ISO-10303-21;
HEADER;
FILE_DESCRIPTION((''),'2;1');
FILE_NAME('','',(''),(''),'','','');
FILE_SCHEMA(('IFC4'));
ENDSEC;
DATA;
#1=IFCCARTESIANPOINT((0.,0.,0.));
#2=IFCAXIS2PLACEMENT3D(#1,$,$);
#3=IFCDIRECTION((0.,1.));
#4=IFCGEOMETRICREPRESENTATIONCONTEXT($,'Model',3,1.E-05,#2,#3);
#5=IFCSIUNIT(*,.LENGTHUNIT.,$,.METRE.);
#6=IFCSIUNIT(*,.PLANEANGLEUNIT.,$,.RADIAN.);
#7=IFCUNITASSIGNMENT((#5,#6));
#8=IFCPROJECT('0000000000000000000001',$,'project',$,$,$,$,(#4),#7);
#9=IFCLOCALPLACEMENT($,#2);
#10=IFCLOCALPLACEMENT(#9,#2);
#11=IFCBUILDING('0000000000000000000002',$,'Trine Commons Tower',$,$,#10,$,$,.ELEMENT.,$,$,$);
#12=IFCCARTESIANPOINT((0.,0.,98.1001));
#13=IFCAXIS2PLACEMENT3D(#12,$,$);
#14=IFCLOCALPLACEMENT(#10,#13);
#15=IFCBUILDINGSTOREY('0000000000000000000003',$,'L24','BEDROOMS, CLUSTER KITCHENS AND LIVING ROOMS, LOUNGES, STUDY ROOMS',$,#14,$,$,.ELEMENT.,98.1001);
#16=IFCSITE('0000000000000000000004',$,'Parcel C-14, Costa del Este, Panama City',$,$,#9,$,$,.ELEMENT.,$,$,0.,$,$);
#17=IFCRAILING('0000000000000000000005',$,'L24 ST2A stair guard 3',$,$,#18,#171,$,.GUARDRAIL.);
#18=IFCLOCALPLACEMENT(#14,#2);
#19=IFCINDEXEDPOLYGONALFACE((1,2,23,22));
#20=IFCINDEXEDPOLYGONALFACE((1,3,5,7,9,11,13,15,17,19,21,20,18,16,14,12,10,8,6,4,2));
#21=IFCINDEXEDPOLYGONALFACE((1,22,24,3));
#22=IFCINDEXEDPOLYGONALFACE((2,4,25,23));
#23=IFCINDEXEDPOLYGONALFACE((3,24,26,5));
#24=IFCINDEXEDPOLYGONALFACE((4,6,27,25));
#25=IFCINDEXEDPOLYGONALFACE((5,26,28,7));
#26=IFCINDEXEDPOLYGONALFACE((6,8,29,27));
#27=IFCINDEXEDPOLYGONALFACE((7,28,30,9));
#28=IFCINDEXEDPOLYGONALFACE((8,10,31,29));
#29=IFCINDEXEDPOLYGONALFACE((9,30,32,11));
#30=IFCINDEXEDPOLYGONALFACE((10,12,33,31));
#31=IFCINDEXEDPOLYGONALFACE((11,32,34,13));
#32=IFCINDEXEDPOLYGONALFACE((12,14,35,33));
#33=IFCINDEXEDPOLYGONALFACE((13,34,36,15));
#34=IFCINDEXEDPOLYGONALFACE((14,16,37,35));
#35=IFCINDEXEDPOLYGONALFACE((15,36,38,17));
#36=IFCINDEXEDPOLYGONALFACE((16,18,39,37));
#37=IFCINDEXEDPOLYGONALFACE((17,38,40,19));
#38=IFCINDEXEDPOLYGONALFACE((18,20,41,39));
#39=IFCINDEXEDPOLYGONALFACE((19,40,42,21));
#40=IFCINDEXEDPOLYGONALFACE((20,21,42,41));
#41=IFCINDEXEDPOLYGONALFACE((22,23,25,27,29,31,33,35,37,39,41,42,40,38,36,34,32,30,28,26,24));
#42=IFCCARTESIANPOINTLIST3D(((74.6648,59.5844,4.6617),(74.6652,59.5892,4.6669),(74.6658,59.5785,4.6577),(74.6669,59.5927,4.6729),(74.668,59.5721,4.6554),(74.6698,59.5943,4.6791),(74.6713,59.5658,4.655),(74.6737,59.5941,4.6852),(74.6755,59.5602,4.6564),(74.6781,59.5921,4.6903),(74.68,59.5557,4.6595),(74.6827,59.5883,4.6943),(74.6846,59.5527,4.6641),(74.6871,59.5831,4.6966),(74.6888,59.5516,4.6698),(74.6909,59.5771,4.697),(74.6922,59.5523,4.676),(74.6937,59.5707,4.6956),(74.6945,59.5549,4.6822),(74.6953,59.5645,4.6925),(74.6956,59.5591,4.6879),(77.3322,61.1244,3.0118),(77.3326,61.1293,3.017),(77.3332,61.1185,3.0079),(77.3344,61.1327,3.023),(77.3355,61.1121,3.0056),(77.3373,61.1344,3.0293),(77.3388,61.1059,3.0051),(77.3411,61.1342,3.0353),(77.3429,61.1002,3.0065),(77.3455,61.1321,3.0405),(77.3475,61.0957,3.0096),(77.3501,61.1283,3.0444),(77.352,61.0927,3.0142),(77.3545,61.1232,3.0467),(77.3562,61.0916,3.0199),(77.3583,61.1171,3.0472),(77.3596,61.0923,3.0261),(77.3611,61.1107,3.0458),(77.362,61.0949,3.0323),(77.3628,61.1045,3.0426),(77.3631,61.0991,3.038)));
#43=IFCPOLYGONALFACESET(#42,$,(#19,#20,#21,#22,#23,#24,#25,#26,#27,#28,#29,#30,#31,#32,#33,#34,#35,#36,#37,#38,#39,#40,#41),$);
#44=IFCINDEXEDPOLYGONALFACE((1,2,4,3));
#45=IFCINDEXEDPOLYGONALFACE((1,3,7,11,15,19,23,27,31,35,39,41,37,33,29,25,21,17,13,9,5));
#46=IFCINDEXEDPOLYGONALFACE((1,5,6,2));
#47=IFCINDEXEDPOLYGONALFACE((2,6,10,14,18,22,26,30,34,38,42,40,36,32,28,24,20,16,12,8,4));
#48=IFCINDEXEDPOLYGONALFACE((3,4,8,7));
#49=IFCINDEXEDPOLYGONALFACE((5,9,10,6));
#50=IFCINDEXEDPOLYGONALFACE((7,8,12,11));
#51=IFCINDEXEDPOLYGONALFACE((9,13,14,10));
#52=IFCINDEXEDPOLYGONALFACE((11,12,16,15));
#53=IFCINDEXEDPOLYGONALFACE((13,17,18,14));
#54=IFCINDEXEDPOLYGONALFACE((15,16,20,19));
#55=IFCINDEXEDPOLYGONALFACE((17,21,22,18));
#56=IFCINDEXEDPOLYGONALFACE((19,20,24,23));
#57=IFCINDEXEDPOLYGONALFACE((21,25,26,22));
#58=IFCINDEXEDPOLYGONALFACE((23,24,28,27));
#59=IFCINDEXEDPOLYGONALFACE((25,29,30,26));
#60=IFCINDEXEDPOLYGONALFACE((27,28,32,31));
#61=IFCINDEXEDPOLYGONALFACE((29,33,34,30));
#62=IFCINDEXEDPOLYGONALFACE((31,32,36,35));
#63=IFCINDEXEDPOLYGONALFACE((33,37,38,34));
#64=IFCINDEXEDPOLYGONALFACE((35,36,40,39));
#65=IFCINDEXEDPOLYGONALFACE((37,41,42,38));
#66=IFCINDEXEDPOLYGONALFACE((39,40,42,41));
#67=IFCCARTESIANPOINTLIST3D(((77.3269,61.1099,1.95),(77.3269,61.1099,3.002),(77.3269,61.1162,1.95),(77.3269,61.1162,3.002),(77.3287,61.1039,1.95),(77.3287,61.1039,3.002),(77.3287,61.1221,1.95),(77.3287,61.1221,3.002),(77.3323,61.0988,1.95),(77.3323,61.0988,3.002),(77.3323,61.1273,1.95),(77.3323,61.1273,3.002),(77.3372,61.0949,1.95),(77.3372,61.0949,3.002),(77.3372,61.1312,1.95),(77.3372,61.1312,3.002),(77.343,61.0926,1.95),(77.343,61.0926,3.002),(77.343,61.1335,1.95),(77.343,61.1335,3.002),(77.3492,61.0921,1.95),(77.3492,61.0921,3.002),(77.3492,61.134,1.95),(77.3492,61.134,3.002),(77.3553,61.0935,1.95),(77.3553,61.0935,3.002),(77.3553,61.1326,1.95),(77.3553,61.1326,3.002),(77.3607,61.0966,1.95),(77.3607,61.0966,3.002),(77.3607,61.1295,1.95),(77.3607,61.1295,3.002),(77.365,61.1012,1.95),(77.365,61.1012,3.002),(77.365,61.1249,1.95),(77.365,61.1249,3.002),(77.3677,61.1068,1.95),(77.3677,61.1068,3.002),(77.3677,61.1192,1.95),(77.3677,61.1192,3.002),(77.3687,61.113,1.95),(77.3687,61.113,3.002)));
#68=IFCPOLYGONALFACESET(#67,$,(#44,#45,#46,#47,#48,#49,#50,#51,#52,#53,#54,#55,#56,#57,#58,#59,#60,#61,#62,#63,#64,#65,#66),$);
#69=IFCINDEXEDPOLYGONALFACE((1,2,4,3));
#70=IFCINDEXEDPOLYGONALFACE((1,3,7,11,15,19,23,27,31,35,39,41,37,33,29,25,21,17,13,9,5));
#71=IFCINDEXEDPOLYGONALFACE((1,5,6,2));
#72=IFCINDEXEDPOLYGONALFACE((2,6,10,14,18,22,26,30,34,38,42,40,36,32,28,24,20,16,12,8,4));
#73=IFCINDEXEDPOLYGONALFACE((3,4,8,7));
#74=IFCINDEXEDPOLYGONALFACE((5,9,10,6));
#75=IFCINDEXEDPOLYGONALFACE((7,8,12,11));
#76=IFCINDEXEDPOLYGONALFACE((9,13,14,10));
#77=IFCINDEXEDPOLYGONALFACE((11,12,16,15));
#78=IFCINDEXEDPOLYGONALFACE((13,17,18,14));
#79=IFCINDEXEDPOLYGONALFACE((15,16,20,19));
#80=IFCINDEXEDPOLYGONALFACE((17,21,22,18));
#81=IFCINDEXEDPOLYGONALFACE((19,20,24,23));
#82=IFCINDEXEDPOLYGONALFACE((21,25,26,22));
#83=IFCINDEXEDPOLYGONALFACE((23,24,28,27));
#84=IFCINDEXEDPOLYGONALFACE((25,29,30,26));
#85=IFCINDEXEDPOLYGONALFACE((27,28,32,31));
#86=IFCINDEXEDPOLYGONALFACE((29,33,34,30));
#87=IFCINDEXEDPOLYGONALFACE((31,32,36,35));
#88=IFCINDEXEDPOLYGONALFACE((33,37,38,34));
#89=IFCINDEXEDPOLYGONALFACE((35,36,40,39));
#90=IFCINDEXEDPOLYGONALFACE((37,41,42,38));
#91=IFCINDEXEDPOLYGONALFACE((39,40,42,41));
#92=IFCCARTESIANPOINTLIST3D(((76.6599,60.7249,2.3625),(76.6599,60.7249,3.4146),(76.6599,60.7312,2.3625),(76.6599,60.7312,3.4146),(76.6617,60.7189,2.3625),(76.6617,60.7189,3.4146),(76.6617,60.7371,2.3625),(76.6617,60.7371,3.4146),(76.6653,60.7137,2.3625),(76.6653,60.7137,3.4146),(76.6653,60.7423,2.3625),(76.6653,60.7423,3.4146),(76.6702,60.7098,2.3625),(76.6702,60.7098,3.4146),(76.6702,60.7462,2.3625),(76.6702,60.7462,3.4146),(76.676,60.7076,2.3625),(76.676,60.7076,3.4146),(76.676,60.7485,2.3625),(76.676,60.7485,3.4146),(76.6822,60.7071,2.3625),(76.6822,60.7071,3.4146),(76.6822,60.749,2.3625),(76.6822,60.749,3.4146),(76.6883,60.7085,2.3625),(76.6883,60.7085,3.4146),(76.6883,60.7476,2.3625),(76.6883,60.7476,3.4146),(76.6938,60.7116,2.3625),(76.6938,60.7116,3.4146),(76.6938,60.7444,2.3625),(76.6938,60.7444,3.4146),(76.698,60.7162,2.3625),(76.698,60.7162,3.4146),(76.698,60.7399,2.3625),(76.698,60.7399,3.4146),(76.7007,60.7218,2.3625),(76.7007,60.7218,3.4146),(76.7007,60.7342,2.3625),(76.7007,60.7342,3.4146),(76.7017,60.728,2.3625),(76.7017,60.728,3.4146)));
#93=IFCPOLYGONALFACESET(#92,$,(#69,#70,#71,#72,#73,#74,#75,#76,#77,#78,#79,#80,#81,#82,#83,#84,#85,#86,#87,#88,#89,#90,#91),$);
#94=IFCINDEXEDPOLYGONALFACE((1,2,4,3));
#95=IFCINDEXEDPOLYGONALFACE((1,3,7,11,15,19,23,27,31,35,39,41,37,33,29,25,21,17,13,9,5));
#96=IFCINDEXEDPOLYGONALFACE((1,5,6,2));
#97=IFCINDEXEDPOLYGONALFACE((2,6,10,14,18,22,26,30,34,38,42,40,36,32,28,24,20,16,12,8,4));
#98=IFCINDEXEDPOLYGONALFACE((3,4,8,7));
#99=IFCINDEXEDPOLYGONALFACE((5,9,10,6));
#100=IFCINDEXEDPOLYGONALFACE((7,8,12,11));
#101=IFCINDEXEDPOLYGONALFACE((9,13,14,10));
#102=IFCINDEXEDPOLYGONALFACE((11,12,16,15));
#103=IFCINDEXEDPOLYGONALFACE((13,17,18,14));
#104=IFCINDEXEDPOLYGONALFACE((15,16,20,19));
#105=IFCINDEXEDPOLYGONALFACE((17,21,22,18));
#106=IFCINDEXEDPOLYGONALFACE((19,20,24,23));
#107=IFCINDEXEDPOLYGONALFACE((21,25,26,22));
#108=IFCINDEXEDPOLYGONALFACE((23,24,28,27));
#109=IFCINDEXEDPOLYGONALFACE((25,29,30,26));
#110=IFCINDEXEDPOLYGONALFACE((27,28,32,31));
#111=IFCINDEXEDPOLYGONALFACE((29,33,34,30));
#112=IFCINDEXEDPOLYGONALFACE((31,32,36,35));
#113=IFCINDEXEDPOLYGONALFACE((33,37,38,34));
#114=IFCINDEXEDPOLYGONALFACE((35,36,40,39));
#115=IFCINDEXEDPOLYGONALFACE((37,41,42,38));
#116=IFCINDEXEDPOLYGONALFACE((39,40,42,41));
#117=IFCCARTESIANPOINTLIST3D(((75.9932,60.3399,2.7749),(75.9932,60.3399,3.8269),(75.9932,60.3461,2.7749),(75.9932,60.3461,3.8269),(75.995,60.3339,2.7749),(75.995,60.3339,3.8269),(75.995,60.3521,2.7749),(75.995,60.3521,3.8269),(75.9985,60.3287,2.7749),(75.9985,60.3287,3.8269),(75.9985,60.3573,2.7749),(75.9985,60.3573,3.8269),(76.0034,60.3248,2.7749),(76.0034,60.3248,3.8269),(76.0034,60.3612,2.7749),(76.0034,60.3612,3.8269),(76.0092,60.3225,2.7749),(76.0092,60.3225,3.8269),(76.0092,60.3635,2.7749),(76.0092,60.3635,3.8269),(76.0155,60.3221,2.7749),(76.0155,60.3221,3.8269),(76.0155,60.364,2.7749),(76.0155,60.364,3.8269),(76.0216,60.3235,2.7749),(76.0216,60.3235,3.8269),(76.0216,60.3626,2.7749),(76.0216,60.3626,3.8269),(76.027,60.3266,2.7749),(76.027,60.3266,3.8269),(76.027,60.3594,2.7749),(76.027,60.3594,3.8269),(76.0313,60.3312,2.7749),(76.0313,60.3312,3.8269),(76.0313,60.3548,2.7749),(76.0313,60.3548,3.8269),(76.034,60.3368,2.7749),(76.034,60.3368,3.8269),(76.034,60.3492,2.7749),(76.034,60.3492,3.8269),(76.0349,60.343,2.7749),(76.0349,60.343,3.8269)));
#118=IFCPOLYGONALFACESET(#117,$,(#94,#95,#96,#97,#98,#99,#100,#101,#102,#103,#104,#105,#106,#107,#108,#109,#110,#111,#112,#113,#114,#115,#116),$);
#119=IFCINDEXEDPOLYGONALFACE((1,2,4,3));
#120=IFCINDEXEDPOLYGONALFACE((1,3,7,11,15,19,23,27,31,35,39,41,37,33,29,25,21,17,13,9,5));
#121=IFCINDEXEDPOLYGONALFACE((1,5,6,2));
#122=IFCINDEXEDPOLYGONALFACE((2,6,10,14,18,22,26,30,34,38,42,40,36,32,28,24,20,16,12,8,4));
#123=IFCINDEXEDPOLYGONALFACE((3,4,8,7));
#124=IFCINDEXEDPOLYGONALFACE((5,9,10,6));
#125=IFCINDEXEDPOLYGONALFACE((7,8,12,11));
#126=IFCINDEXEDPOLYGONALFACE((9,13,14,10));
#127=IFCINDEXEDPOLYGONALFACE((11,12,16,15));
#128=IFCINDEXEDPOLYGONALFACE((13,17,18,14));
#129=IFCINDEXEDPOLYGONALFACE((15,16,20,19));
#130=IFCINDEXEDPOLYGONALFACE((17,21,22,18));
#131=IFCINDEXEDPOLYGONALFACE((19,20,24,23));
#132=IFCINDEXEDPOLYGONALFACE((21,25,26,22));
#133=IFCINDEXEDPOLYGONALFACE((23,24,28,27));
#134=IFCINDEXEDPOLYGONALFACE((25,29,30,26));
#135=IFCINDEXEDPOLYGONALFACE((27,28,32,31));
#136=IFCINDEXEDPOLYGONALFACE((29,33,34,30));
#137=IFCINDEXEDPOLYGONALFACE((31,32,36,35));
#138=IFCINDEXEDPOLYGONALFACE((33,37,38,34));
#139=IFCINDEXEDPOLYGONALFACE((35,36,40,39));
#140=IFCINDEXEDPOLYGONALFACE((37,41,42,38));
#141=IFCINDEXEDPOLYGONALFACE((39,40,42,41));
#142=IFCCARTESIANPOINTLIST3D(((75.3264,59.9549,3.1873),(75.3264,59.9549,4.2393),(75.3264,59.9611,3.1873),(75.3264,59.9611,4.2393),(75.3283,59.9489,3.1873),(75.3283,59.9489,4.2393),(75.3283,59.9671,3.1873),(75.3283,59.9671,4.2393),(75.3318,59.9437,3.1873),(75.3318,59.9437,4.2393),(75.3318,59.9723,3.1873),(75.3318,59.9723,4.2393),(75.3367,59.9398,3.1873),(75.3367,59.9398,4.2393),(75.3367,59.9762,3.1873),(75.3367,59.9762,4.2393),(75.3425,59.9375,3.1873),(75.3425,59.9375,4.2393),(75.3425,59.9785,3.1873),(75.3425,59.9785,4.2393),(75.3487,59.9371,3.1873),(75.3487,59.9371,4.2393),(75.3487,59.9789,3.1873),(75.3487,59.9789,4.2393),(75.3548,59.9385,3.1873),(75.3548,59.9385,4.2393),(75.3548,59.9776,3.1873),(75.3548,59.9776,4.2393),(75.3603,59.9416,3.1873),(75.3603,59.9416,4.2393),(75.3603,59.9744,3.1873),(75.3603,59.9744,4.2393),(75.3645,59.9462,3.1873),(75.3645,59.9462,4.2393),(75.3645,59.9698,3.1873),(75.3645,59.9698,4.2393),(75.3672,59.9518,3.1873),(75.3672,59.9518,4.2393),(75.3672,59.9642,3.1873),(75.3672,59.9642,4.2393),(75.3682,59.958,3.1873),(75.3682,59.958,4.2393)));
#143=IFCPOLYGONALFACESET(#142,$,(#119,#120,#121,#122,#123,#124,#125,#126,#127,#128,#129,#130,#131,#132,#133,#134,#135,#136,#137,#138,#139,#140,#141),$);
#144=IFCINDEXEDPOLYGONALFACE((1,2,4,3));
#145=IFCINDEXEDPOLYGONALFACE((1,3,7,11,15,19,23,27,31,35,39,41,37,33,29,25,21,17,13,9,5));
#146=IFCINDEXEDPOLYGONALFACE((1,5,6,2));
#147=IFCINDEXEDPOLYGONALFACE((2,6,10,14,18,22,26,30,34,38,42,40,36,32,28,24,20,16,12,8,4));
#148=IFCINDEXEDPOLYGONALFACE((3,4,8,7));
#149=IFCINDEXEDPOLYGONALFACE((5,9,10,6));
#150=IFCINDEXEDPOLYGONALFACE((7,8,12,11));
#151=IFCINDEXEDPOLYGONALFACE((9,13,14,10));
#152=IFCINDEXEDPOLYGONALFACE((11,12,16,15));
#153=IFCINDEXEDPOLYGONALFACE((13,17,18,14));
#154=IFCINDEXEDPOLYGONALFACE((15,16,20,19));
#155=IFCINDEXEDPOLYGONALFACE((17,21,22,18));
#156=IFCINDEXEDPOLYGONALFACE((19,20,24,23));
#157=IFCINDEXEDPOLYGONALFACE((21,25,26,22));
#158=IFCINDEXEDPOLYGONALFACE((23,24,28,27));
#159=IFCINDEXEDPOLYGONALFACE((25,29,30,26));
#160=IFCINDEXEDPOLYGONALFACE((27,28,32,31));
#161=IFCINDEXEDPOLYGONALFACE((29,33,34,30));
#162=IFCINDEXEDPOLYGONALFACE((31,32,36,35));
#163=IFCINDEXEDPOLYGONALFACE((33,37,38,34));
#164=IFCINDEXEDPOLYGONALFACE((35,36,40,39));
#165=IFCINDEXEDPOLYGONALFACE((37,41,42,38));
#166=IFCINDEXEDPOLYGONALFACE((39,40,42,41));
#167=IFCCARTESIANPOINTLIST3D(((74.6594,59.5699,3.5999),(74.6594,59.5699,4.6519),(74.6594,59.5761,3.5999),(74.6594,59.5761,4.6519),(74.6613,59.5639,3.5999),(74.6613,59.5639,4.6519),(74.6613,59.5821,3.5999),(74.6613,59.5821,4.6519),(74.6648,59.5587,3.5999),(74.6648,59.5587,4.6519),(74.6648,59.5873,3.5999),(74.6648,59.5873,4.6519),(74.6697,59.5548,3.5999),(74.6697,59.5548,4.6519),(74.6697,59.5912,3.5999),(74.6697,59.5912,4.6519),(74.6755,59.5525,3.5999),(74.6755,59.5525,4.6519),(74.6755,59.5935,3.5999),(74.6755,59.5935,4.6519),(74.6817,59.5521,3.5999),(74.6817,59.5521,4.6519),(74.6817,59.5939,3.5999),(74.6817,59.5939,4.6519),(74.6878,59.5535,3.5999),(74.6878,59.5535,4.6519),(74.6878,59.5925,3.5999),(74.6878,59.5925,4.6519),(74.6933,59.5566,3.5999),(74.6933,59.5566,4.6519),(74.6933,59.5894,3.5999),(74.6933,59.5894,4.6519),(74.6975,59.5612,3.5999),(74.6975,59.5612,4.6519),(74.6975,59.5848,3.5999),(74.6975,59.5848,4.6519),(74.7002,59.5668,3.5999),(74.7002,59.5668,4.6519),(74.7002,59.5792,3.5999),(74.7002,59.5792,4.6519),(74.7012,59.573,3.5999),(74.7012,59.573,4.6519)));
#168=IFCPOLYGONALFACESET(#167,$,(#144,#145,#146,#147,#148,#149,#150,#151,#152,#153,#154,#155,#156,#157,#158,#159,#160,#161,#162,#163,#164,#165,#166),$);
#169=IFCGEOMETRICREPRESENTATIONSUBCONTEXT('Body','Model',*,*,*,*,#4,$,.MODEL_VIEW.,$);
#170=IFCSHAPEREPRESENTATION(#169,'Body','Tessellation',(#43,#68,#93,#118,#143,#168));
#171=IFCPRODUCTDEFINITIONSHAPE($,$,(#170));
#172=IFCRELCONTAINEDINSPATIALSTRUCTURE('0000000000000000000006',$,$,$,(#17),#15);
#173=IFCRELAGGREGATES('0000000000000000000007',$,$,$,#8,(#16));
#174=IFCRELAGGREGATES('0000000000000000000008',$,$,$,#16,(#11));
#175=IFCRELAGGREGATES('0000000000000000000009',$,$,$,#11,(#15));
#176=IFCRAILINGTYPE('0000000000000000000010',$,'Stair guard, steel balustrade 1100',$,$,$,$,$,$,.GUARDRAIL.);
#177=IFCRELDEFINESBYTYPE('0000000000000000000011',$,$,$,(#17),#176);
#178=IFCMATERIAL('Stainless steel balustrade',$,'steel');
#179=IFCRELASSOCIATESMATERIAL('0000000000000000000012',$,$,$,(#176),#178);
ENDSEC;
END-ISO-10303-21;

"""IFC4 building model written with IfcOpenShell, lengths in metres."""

from ifc_helpers import new_model, si_unit, direction, frame, origin, origin_2d, place, context, subcontext, project, spatial, circle, extrude, material, type_object, element, save


model = new_model("IFC4")

# Units and contexts
model_context = context("Model", 3, precision=1e-05, world=origin(), true_north=direction((0.0, 1.0)))
body_context = subcontext(model_context, "Body", "Model", "MODEL_VIEW")
ifc_project = project(units=[si_unit("LENGTHUNIT", "METRE"), si_unit("PLANEANGLEUNIT", "RADIAN")], contexts=[model_context])

# Site, building, storey
site_placement = place(None, origin())
site = spatial("IfcSite", under=ifc_project, at=site_placement, Name="Parcel C-14, Costa del Este, Panama City", CompositionType="ELEMENT", RefElevation=0.0)
building_placement = place(site_placement, origin())
building = spatial("IfcBuilding", under=site, at=building_placement, Name="Trine Commons Tower", CompositionType="ELEMENT")
storey_placement = place(building_placement, frame((0.0, 0.0, 98.1001)))
storey = spatial("IfcBuildingStorey", under=building, at=storey_placement, Name="L24", Description="BEDROOMS, CLUSTER KITCHENS AND LIVING ROOMS, LOUNGES, STUDY ROOMS", CompositionType="ELEMENT", Elevation=98.1001)

# Railing
ifc_material_1 = material(Name="Stainless steel balustrade", Category="steel")
railing_type_1 = type_object("IfcRailingType", Name="Stair guard, steel balustrade 1100", PredefinedType="GUARDRAIL", material=ifc_material_1)
railing_1_placement = place(storey_placement, frame((77.3477, 61.113, 1.95)))
element("IfcRailing", 1, at=railing_1_placement, inside=storey, type_object=railing_type_1, Name="L24 ST2A stair guard 3", PredefinedType="GUARDRAIL", context=body_context, shape_type="SweptSolid", body=[
    extrude(circle(Radius=0.0239, at=origin_2d()), frame((0.0, 0.0, 1.0762), z_axis=(-0.763405, -0.440743, 0.472185), x_axis=(0.499992, -0.86603, 0.0)), (0.0, 0.0, 1.0), 3.4941),
    extrude(circle(Radius=0.021, at=origin_2d()), origin(), (0.0, 0.0, 1.0), 1.052),
    extrude(circle(Radius=0.021, at=origin_2d()), frame((-0.667, -0.385, 0.4126)), (0.0, 0.0, 1.0), 1.052),
    extrude(circle(Radius=0.021, at=origin_2d()), frame((-1.3337, -0.77, 0.825)), (0.0, 0.0, 1.0), 1.052),
    extrude(circle(Radius=0.021, at=origin_2d()), frame((-2.0005, -1.155, 1.2373)), (0.0, 0.0, 1.0), 1.052),
    extrude(circle(Radius=0.021, at=origin_2d()), frame((-2.6675, -1.54, 1.6499)), (0.0, 0.0, 1.0), 1.052),
])

save(model, "model.ifc")
